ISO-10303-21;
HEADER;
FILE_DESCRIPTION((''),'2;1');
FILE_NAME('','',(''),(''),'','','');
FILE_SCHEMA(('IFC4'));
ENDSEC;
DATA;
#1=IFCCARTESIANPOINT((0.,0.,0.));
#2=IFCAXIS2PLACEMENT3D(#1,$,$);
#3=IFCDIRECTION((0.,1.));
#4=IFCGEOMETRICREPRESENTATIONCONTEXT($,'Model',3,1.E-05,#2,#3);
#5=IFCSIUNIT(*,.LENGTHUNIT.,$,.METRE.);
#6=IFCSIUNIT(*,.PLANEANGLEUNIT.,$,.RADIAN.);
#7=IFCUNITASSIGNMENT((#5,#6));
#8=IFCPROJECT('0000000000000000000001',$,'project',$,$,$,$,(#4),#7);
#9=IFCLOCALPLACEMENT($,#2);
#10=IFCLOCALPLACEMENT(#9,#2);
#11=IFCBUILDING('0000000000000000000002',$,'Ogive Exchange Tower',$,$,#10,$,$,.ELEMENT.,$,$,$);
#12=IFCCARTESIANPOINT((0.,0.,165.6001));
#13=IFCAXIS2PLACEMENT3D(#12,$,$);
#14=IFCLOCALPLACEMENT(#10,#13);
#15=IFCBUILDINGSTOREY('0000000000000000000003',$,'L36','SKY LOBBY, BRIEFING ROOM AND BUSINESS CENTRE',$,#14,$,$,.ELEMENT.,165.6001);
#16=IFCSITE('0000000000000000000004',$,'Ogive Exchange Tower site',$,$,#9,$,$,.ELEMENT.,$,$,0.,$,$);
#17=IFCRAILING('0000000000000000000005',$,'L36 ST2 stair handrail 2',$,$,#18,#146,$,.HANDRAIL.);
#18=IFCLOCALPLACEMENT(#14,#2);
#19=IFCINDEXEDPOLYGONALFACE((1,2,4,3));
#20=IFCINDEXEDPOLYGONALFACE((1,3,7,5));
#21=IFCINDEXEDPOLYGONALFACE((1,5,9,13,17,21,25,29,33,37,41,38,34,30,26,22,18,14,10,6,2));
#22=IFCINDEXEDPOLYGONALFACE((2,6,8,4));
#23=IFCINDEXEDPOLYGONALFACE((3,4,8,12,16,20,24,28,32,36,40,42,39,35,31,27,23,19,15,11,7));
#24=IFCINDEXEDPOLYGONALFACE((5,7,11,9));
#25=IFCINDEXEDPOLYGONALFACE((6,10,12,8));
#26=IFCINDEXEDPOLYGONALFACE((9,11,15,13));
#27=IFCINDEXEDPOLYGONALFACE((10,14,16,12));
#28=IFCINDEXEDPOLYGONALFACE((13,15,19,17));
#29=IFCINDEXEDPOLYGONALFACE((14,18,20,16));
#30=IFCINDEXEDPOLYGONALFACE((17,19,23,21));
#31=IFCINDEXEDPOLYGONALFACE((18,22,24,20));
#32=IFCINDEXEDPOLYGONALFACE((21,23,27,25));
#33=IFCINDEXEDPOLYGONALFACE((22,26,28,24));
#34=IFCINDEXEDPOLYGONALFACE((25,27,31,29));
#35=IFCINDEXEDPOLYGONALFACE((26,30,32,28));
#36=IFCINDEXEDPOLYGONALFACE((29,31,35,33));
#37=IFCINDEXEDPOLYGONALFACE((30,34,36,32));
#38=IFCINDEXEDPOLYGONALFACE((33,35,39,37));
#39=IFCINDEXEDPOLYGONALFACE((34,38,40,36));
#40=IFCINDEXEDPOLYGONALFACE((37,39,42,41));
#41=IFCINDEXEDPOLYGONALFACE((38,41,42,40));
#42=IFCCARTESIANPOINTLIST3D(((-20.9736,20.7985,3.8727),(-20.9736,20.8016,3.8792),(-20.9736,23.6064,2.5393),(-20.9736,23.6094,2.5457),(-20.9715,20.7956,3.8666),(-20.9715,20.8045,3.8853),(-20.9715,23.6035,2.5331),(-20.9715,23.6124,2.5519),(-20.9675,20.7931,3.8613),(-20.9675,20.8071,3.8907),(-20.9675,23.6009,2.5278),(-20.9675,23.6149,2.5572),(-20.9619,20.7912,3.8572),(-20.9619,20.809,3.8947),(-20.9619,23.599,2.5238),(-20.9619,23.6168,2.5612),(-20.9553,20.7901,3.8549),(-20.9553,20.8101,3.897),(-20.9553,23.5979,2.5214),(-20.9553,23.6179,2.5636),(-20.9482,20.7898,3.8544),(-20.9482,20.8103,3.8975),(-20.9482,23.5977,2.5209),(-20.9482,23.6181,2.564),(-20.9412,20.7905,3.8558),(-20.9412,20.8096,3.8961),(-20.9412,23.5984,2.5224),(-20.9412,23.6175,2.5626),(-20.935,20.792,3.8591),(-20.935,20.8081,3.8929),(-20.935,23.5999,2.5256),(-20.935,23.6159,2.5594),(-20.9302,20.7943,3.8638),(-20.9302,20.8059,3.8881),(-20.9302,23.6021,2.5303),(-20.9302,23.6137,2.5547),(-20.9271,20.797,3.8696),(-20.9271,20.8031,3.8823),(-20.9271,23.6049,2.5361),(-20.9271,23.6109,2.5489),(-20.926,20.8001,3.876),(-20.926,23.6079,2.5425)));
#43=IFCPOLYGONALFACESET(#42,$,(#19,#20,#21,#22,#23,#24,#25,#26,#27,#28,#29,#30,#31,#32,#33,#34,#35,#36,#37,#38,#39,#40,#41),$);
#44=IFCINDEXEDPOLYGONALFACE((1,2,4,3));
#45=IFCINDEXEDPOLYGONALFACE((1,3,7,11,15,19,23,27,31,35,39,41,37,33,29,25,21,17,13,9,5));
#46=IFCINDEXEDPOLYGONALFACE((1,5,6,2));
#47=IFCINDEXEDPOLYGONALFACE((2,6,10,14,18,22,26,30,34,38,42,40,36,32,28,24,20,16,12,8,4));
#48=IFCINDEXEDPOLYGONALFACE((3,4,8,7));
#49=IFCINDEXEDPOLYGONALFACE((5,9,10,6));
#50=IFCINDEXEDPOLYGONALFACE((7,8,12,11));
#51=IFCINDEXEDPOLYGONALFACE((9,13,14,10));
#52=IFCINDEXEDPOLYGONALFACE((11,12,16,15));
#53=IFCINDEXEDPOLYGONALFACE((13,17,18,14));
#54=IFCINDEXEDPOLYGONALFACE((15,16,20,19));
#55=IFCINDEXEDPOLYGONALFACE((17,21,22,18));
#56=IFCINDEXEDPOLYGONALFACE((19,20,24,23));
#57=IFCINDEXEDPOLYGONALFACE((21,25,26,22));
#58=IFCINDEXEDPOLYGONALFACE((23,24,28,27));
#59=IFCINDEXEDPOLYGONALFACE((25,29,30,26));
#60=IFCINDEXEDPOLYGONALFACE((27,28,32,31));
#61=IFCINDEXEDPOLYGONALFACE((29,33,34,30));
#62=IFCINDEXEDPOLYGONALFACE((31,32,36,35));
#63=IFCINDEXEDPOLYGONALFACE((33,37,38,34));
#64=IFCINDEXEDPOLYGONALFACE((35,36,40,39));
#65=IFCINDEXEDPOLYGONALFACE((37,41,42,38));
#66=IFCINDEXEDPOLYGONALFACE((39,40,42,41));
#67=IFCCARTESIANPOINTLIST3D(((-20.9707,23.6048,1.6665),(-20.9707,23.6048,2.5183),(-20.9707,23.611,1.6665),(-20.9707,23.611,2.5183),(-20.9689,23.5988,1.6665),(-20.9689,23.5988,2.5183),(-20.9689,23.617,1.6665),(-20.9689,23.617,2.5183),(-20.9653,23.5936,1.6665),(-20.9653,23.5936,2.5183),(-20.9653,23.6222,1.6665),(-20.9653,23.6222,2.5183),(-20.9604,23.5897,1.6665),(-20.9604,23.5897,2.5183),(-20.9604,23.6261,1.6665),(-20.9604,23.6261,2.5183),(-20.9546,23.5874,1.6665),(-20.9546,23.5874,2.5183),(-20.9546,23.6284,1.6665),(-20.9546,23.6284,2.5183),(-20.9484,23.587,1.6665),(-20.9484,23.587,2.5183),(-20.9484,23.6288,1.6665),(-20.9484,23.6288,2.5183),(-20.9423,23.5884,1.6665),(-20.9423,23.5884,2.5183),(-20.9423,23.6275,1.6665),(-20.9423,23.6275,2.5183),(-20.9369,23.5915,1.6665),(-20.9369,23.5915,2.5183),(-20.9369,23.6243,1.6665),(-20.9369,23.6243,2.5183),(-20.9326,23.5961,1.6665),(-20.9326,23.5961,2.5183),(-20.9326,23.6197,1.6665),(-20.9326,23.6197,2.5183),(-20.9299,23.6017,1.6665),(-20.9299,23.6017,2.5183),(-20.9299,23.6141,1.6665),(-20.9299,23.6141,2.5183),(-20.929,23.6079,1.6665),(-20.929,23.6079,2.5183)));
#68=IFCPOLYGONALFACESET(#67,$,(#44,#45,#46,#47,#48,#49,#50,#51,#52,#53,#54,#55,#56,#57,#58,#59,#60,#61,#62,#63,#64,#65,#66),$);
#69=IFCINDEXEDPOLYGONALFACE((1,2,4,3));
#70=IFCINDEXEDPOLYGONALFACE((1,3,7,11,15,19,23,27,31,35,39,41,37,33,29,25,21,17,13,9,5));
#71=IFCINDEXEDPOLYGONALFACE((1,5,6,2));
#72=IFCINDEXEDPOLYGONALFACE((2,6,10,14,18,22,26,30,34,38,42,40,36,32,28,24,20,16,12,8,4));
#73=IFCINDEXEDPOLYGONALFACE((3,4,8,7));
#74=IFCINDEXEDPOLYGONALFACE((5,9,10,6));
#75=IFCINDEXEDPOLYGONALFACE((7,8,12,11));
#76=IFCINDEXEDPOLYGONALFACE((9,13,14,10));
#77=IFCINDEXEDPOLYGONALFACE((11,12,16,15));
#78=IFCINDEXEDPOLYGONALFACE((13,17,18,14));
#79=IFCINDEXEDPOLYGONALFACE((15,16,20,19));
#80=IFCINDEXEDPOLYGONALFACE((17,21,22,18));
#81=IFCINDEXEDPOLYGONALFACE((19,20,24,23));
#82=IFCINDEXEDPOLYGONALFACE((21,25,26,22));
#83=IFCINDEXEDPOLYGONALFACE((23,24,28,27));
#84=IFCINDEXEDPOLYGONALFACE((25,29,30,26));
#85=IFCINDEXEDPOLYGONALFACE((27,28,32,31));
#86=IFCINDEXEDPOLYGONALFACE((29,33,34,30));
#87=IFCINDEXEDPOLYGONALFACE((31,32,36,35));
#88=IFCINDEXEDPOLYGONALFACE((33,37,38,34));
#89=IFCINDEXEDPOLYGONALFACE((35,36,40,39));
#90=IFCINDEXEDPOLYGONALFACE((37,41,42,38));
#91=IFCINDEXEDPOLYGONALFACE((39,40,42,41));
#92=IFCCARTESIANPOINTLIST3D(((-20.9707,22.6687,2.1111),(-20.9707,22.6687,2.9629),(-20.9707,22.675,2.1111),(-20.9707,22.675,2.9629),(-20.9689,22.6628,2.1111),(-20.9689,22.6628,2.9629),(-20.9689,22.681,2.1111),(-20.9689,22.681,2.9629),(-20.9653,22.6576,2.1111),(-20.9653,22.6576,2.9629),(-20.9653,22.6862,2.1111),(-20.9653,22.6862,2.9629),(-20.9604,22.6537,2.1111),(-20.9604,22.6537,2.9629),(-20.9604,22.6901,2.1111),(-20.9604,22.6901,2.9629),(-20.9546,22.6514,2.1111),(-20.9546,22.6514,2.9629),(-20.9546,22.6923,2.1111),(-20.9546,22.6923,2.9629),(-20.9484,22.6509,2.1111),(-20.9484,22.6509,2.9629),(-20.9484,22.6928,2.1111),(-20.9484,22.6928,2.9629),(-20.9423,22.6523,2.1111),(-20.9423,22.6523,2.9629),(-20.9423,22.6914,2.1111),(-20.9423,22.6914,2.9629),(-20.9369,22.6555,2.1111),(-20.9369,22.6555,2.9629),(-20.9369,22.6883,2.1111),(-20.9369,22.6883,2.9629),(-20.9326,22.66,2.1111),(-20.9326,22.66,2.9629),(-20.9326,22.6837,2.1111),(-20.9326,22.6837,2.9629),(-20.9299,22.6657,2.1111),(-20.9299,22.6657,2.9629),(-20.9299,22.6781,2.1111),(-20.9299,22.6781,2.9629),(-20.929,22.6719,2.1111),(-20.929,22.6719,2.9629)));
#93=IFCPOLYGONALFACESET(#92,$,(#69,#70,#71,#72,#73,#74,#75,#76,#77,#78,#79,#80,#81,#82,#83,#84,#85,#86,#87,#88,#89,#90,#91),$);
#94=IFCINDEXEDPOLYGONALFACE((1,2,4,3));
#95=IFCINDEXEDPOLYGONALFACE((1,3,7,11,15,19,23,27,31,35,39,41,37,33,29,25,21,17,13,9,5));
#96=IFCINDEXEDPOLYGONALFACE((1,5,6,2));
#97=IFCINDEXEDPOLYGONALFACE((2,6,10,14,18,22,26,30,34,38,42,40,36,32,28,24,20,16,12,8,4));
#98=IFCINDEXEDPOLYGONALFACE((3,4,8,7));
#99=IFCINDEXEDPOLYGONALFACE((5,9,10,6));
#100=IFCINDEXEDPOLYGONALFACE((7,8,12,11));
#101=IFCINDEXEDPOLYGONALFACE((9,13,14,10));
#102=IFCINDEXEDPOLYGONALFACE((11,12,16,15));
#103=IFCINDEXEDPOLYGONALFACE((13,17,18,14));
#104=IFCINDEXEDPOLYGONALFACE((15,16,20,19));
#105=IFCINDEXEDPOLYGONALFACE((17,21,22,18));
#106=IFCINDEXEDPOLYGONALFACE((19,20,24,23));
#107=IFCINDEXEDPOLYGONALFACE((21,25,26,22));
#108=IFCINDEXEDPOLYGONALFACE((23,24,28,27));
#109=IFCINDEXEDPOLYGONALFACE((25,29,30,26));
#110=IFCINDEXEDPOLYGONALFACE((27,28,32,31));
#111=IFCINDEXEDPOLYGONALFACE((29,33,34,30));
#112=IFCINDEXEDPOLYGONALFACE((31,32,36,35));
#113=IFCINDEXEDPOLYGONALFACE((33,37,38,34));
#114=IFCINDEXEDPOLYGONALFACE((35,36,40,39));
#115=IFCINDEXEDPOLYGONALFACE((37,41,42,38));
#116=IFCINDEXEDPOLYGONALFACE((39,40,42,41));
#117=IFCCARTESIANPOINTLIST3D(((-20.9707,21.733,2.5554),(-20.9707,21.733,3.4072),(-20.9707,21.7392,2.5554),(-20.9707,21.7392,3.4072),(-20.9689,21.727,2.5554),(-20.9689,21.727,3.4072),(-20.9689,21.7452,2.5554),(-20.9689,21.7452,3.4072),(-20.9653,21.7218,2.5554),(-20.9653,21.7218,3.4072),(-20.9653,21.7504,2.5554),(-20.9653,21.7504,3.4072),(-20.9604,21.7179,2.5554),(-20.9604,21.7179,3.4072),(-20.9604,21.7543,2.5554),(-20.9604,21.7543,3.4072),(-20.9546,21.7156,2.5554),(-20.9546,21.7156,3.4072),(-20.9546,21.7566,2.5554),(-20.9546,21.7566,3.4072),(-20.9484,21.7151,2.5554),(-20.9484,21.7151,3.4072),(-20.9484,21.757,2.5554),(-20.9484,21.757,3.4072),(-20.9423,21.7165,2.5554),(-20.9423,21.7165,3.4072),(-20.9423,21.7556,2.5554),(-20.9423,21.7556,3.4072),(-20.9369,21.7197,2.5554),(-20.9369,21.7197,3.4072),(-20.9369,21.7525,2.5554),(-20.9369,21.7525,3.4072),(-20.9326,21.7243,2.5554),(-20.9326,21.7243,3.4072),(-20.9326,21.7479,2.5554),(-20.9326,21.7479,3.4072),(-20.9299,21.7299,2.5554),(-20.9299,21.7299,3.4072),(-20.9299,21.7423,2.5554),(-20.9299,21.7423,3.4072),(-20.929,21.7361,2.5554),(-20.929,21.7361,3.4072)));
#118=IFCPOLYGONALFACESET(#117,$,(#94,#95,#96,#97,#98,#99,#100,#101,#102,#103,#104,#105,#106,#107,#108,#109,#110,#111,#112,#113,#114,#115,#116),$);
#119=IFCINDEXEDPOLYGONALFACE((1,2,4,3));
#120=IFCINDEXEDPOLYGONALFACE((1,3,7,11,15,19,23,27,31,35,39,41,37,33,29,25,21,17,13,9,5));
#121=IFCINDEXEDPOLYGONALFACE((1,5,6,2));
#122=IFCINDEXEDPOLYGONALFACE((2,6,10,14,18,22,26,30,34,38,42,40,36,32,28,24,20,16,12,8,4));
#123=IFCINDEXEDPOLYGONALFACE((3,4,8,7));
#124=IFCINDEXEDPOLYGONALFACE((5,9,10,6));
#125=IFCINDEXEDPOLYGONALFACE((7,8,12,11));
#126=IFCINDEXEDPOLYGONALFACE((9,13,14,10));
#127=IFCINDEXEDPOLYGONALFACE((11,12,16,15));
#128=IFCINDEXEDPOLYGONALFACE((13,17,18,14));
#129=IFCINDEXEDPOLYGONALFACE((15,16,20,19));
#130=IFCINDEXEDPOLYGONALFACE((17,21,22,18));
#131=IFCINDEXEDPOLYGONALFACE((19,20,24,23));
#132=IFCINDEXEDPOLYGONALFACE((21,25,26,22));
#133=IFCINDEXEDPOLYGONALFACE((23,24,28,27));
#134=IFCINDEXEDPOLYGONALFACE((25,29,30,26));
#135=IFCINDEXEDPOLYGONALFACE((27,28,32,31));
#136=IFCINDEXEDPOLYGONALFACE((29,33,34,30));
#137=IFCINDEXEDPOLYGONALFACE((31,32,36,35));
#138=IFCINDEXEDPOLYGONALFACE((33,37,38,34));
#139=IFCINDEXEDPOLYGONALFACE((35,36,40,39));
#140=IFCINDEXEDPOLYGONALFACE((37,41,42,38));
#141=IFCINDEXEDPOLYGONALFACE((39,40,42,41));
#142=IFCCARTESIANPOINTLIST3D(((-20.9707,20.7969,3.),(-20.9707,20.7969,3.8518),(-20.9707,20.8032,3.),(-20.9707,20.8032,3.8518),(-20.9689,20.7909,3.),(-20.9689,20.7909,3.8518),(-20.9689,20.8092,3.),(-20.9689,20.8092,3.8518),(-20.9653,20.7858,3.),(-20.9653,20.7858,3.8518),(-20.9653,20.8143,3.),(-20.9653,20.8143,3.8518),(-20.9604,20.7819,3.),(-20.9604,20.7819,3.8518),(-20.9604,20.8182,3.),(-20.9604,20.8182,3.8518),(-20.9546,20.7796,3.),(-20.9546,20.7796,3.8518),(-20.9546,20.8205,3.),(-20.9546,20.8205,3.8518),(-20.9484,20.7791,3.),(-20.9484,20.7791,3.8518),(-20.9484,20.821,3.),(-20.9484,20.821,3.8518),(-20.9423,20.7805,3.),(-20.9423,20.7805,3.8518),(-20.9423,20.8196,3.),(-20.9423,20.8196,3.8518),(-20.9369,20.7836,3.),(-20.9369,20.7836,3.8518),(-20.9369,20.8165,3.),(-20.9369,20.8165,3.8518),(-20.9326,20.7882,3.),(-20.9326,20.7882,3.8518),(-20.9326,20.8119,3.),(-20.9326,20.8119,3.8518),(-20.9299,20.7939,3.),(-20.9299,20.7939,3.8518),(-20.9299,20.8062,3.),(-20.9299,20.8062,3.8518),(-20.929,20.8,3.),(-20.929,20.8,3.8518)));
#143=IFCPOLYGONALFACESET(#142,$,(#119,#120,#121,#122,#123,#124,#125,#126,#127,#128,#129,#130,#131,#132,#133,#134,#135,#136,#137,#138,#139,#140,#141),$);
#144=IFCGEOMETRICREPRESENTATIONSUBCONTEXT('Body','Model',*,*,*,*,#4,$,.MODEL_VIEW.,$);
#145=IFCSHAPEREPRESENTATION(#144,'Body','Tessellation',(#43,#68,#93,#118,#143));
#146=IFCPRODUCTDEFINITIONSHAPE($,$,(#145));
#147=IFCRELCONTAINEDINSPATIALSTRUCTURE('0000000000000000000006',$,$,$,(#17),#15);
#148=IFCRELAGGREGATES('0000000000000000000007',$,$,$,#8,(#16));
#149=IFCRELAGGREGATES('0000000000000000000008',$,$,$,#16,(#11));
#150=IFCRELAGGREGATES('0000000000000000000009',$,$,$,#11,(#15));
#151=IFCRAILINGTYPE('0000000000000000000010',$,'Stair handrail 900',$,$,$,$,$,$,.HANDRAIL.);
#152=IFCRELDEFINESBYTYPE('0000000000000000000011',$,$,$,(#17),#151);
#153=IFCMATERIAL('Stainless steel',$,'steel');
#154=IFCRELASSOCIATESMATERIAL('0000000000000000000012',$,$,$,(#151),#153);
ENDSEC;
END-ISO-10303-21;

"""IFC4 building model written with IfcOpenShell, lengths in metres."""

from ifc_helpers import new_model, si_unit, direction, frame, origin, origin_2d, place, context, subcontext, project, spatial, circle, extrude, material, type_object, element, save


model = new_model("IFC4")

# Units and contexts
model_context = context("Model", 3, precision=1e-05, world=origin(), true_north=direction((0.0, 1.0)))
body_context = subcontext(model_context, "Body", "Model", "MODEL_VIEW")
ifc_project = project(units=[si_unit("LENGTHUNIT", "METRE"), si_unit("PLANEANGLEUNIT", "RADIAN")], contexts=[model_context])

# Site, building, storey
site_placement = place(None, origin())
site = spatial("IfcSite", under=ifc_project, at=site_placement, Name="Ogive Exchange Tower site", CompositionType="ELEMENT", RefElevation=0.0)
building_placement = place(site_placement, origin())
building = spatial("IfcBuilding", under=site, at=building_placement, Name="Ogive Exchange Tower", CompositionType="ELEMENT")
storey_placement = place(building_placement, frame((0.0, 0.0, 165.6001)))
storey = spatial("IfcBuildingStorey", under=building, at=storey_placement, Name="L36", Description="SKY LOBBY, BRIEFING ROOM AND BUSINESS CENTRE", CompositionType="ELEMENT", Elevation=165.6001)

# Railing
ifc_material_1 = material(Name="Stainless steel", Category="steel")
railing_type = type_object("IfcRailingType", Name="Stair handrail 900", PredefinedType="HANDRAIL", material=ifc_material_1)
for number, where, name in (
    (1, (-20.95, 23.6079, 1.6665), "L36 ST2 stair handrail 2"),
):
    element("IfcRailing", number, at=place(storey_placement, frame(where)), inside=storey, type_object=railing_type, Name=name, PredefinedType="HANDRAIL", context=body_context, shape_type="SweptSolid", body=[
        extrude(circle(Radius=0.0239, at=origin_2d()), frame((0.0, 0.0, 0.876), z_axis=(0.0, -0.903307, 0.428994), x_axis=(1.0, 0.0, 0.0)), (0.0, 0.0, 1.0), 3.1084),
        extrude(circle(Radius=0.021, at=origin_2d()), origin(), (0.0, 0.0, 1.0), 0.8518),
        extrude(circle(Radius=0.021, at=origin_2d()), frame((0.0, -0.936, 0.4446)), (0.0, 0.0, 1.0), 0.8518),
        extrude(circle(Radius=0.021, at=origin_2d()), frame((0.0, -1.8718, 0.8889)), (0.0, 0.0, 1.0), 0.8518),
        extrude(circle(Radius=0.021, at=origin_2d()), frame((0.0, -2.8079, 1.3335)), (0.0, 0.0, 1.0), 0.8518),
    ])

save(model, "model.ifc")
